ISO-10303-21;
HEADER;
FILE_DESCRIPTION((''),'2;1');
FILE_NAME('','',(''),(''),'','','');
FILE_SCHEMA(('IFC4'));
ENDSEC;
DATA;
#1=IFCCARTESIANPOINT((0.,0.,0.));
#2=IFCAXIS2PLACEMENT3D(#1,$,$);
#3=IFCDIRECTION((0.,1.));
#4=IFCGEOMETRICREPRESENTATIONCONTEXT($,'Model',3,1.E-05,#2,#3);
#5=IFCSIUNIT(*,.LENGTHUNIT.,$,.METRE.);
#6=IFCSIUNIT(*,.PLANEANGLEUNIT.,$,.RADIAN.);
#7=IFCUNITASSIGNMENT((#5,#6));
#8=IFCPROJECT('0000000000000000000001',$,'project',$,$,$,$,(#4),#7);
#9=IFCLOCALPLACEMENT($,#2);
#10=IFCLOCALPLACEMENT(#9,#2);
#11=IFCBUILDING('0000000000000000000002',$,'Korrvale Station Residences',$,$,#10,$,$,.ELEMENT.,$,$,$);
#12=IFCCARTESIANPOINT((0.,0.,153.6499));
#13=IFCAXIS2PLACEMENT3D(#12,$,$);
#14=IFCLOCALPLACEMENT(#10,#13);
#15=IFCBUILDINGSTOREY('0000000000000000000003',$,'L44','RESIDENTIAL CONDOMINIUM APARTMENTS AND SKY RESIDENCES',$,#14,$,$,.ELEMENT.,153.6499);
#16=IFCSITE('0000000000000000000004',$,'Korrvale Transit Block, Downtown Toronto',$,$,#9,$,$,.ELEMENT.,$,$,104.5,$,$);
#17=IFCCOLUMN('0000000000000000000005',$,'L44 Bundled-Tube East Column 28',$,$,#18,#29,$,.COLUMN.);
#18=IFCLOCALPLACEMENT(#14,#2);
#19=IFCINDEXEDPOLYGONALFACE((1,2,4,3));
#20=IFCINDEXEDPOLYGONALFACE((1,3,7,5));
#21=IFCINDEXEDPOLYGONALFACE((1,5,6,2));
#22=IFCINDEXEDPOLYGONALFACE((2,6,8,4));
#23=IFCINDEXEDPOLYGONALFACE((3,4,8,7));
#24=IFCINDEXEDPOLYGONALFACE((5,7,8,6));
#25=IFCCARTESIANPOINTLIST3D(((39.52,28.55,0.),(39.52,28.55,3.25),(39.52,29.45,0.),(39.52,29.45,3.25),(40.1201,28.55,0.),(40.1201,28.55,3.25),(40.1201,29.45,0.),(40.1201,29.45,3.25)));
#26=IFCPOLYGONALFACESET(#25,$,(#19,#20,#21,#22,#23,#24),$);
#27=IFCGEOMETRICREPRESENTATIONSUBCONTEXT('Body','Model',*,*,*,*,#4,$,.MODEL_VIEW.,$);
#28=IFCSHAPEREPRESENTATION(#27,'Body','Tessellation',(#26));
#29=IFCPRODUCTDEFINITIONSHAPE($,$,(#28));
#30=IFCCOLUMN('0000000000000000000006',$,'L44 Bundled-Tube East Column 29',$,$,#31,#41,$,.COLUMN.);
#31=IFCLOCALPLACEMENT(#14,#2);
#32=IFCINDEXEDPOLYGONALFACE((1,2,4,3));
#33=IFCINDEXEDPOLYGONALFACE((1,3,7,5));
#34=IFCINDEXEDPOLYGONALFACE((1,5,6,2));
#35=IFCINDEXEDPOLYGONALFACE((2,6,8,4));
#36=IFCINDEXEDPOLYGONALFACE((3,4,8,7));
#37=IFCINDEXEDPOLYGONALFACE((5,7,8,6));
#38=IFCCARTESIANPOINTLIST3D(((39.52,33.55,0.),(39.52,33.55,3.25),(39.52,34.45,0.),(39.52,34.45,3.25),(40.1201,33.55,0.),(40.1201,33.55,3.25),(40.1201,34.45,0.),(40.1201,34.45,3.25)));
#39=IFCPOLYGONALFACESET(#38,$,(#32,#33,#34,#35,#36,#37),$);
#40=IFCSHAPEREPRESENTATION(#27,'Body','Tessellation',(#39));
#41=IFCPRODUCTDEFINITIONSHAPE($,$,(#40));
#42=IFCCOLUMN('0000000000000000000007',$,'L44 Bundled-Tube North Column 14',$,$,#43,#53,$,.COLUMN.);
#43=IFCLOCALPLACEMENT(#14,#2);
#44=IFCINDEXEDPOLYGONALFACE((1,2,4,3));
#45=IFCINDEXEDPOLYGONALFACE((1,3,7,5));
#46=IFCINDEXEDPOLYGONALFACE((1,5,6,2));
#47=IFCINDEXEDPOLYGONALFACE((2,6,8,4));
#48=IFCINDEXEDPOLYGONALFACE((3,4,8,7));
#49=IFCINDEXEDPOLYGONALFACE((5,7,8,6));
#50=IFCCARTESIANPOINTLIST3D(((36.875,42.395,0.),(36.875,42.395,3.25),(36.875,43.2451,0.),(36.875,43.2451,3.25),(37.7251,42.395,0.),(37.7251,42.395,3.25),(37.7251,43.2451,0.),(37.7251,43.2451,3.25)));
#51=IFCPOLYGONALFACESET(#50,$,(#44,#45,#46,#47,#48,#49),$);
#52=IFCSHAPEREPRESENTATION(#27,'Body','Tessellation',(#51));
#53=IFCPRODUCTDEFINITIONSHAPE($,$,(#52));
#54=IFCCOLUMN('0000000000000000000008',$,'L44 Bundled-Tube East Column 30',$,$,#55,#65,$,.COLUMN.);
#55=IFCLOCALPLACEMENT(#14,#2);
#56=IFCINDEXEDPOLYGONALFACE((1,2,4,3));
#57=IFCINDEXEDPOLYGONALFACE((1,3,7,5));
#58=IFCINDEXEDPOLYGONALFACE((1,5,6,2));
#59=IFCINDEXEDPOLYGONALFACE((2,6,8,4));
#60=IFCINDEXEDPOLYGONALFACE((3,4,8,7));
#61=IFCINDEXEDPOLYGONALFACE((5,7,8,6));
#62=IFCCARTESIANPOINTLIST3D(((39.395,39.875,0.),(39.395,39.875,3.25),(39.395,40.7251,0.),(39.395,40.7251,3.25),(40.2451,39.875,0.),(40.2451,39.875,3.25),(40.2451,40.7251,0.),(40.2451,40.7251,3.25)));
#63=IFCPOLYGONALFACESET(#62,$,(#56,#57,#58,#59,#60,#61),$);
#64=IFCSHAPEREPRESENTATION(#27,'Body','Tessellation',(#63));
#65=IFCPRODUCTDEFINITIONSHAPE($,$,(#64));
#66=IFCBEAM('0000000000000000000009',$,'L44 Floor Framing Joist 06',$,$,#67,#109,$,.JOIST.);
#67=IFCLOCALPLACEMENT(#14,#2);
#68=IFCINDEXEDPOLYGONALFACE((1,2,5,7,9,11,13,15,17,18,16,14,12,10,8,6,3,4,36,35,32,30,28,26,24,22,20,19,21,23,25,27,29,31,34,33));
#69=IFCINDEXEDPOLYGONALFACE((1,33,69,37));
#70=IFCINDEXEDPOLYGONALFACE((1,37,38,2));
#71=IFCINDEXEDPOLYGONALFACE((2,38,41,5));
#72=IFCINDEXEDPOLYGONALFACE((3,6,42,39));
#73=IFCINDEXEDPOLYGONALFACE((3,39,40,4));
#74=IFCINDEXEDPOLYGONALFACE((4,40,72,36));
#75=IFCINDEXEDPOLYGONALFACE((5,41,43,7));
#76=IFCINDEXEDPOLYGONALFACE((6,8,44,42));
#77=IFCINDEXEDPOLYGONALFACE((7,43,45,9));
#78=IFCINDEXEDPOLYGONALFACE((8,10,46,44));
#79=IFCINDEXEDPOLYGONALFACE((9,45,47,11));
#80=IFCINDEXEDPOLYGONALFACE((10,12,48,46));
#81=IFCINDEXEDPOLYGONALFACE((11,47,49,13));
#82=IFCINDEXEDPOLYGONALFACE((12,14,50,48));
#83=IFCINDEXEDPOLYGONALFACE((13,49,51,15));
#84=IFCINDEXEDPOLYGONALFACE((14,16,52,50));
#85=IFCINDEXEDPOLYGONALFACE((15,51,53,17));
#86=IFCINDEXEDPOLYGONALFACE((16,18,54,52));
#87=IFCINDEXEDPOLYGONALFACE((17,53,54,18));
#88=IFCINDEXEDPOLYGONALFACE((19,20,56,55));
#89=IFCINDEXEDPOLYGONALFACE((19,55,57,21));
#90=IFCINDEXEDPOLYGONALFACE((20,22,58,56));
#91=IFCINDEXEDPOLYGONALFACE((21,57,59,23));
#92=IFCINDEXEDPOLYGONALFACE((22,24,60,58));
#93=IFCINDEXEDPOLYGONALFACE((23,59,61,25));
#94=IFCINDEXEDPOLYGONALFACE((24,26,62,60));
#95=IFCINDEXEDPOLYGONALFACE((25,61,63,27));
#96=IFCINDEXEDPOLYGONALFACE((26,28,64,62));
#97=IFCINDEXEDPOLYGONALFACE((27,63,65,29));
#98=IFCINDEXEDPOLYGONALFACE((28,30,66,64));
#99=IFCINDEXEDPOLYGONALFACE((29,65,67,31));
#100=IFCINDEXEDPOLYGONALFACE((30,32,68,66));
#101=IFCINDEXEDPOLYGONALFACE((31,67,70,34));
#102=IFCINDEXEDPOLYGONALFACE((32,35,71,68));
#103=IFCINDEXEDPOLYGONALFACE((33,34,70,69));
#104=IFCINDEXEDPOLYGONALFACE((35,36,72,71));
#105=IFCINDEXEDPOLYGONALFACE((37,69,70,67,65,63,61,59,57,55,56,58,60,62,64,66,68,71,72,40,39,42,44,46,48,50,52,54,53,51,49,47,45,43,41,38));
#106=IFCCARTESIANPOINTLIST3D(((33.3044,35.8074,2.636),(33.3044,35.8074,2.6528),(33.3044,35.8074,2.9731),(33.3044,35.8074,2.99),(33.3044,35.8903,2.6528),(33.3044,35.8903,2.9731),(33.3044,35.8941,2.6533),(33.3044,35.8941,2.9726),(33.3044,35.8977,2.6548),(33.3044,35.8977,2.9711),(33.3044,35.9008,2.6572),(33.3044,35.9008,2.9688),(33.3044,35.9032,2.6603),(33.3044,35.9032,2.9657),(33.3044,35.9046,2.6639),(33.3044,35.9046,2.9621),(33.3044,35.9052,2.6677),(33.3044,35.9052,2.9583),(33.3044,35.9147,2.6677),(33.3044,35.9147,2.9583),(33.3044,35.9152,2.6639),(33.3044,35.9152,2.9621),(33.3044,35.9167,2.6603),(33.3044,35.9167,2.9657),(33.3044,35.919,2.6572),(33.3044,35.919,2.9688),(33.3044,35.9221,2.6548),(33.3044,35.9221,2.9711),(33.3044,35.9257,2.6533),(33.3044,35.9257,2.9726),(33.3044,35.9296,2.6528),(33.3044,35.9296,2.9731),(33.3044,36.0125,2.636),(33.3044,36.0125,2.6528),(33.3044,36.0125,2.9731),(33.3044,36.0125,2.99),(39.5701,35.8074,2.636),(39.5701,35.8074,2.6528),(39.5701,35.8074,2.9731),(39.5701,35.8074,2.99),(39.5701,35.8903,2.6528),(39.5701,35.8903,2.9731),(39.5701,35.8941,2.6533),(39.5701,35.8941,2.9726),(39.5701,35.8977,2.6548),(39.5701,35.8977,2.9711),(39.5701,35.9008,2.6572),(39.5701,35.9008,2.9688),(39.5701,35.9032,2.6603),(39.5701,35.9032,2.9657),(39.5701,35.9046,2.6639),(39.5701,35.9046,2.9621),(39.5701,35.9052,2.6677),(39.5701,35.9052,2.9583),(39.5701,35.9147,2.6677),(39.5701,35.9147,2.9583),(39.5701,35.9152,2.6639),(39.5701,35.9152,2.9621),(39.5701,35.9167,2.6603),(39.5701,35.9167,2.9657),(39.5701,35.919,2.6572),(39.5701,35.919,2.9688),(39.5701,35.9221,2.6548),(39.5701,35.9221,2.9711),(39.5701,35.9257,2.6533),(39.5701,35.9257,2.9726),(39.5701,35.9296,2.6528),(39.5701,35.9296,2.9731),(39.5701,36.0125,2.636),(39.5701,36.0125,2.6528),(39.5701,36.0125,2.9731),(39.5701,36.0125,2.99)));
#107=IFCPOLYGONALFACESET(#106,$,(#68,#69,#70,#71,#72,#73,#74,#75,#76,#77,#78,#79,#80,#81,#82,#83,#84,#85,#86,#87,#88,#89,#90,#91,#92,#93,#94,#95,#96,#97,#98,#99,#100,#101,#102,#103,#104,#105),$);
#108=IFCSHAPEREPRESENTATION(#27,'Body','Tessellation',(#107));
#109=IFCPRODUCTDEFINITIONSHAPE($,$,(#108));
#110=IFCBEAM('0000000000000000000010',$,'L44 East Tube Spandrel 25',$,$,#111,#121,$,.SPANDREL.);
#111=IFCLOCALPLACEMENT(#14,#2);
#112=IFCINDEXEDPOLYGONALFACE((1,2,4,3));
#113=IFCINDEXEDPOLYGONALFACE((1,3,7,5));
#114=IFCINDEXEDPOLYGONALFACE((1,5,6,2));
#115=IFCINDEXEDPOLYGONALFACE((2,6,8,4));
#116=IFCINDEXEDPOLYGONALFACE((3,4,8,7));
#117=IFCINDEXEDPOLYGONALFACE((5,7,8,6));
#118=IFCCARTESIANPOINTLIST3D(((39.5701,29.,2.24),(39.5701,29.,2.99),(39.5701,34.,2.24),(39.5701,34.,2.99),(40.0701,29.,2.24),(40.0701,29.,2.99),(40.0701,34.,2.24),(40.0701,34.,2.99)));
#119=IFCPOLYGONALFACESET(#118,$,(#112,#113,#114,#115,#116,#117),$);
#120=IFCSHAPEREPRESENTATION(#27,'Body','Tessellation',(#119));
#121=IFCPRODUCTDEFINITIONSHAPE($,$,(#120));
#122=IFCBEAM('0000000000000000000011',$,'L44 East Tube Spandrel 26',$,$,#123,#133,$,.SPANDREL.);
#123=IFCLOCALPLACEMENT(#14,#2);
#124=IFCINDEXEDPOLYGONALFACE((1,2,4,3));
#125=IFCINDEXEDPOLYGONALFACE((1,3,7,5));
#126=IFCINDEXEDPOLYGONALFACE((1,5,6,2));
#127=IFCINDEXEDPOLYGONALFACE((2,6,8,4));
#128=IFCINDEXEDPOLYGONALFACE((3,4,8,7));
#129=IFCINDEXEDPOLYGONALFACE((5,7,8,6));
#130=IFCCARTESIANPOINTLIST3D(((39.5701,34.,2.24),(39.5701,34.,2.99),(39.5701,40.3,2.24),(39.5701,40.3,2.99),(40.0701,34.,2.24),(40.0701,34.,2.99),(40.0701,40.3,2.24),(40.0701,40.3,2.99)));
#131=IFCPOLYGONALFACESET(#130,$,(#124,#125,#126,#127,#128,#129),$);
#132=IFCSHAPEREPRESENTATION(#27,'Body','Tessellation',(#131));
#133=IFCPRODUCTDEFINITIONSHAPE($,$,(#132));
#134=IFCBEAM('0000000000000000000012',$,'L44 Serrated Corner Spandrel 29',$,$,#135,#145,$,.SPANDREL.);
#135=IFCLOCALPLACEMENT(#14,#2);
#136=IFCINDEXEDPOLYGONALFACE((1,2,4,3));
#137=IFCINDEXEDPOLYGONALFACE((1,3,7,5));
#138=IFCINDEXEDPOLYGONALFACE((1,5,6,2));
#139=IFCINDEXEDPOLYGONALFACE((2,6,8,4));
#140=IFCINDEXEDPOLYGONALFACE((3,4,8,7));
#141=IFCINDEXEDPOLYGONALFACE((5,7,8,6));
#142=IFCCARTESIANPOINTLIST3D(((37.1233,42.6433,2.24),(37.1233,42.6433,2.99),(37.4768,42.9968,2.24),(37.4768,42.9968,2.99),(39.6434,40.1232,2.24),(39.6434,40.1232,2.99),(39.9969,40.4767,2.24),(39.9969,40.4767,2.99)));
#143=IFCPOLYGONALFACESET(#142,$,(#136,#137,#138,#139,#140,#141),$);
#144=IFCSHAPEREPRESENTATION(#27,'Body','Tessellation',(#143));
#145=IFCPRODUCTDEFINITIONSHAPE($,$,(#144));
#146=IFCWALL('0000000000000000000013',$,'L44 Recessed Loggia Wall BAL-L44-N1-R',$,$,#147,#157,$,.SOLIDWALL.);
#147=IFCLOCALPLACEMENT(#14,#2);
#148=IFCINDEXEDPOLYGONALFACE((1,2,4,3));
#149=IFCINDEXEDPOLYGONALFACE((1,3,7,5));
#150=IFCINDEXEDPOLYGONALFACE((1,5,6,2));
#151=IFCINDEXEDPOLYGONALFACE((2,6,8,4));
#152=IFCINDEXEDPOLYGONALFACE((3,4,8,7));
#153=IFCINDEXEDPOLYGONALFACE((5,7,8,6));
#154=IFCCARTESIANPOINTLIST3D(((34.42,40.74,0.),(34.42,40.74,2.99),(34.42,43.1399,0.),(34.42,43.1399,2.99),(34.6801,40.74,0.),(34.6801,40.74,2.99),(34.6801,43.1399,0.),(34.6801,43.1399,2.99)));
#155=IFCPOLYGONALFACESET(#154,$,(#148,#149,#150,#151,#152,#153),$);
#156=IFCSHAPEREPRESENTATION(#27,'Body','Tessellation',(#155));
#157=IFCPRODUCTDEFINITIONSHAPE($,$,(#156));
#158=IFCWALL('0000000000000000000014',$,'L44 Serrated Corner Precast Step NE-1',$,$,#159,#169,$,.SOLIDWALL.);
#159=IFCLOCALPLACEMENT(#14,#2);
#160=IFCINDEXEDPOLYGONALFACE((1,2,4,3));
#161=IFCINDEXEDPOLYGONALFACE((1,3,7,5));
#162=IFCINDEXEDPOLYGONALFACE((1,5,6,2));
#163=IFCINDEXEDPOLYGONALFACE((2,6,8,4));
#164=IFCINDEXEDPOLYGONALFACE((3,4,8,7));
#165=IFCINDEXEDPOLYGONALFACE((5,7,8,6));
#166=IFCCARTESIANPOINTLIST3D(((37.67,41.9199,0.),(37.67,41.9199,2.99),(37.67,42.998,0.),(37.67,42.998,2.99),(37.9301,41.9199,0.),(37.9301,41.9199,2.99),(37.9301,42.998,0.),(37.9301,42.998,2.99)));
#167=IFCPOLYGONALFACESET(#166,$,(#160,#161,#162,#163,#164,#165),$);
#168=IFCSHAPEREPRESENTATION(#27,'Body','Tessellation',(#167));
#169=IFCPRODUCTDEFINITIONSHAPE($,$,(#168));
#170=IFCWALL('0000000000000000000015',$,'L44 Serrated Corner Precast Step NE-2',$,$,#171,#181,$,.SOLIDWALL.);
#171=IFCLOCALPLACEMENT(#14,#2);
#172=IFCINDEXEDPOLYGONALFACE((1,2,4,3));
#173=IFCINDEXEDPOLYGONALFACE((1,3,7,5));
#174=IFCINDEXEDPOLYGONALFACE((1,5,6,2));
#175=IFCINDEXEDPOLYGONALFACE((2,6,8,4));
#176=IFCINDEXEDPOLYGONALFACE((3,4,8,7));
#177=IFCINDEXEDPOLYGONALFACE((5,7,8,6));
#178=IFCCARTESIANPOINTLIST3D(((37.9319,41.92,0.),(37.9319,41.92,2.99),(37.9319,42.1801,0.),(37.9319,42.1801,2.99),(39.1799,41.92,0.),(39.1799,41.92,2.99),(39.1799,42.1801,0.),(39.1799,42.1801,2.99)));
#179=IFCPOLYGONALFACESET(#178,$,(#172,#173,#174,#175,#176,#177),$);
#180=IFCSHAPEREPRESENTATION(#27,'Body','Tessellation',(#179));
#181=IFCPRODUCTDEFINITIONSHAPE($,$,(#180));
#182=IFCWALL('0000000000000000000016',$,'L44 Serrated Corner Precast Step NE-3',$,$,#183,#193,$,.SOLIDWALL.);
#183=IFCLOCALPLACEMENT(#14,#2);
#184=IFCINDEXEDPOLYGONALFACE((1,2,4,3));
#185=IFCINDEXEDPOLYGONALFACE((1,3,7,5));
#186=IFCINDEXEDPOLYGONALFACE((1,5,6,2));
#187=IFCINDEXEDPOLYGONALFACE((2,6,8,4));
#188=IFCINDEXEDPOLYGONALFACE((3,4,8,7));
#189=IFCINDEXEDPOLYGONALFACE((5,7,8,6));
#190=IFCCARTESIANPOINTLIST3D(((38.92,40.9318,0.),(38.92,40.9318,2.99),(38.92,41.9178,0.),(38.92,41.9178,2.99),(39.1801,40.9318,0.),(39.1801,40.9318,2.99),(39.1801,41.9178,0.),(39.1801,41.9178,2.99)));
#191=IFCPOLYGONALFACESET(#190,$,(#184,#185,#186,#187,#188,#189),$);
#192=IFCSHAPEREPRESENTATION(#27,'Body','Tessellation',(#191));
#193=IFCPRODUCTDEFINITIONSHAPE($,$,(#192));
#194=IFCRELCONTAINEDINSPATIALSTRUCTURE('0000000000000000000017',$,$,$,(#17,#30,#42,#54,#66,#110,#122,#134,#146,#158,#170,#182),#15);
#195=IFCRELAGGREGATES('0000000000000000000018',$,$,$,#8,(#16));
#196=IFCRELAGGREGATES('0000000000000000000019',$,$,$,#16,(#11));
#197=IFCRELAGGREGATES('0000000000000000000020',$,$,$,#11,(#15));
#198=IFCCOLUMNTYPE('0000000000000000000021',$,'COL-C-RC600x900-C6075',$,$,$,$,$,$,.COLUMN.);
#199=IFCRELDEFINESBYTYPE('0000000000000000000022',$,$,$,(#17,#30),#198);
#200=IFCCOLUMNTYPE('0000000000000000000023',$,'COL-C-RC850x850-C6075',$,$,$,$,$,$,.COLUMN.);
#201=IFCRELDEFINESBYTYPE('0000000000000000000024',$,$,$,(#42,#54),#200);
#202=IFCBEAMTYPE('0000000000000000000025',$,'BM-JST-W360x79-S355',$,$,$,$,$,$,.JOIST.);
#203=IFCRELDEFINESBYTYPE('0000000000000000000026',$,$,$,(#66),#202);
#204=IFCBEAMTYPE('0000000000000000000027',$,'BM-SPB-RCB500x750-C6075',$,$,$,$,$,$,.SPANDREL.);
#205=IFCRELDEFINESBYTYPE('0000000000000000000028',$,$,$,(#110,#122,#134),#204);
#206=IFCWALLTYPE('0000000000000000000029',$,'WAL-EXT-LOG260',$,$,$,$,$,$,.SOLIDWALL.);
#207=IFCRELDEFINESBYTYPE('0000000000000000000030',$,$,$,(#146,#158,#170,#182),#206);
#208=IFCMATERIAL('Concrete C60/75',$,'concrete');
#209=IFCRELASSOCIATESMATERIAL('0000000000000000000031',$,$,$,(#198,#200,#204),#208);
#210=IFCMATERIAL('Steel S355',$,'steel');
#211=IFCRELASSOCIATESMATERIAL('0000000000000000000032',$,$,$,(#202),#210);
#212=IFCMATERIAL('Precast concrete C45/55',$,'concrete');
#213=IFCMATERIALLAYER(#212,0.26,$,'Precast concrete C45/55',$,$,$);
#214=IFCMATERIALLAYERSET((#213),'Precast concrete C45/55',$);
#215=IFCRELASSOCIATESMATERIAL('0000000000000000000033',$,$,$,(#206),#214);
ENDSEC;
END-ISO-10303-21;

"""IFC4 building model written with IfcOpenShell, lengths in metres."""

from ifc_helpers import new_model, si_unit, direction, frame, frame_2d, origin, origin_2d, place, context, subcontext, project, spatial, rectangle, i_section, extrude, material, layer, layer_set, material_profile, profile_set, type_object, element, save


model = new_model("IFC4")

# Units and contexts
model_context = context("Model", 3, precision=1e-05, world=origin(), true_north=direction((0.0, 1.0)))
body_context = subcontext(model_context, "Body", "Model", "MODEL_VIEW")
ifc_project = project(units=[si_unit("LENGTHUNIT", "METRE"), si_unit("PLANEANGLEUNIT", "RADIAN")], contexts=[model_context])

# Site, building, storey
site_placement = place(None, origin())
site = spatial("IfcSite", under=ifc_project, at=site_placement, Name="Korrvale Transit Block, Downtown Toronto", CompositionType="ELEMENT", RefElevation=104.5)
building_placement = place(site_placement, origin())
building = spatial("IfcBuilding", under=site, at=building_placement, Name="Korrvale Station Residences", CompositionType="ELEMENT")
storey_placement = place(building_placement, frame((0.0, 0.0, 153.6499)))
storey = spatial("IfcBuildingStorey", under=building, at=storey_placement, Name="L44", Description="RESIDENTIAL CONDOMINIUM APARTMENTS AND SKY RESIDENCES", CompositionType="ELEMENT", Elevation=153.6499)

# Columns
ifc_material_1 = material(Name="Concrete C60/75", Category="concrete")
ifc_material_profile_1 = material_profile(ifc_material_1, rectangle(XDim=0.6001, YDim=0.8999, at=origin_2d()), Name="RC600x900")
ifc_profile_set_1 = profile_set([ifc_material_profile_1], Name="Concrete C60/75")
column_type_1 = type_object("IfcColumnType", Name="COL-C-RC600x900-C6075", PredefinedType="COLUMN", material=ifc_profile_set_1)
for number, where, z_axis, x_axis, name in (
    (1, (39.8201, 29.0, 0.0), (0.0, 0.0, 1.0), (1.0, 0.0, 0.0), "L44 Bundled-Tube East Column 28"),
    (2, (39.8201, 34.0, 0.0), (0.0, 0.0, 1.0), (1.0, 0.0, 0.0), "L44 Bundled-Tube East Column 29"),
):
    element("IfcColumn", number, at=place(storey_placement, frame(where, z_axis=z_axis, x_axis=x_axis)), inside=storey, type_object=column_type_1, Name=name, PredefinedType="COLUMN", context=body_context, shape_type="SweptSolid", body=[
        extrude(rectangle(XDim=0.6001, YDim=0.8999, at=origin_2d()), origin(), (0.0, 0.0, 1.0), 3.25),
    ])
ifc_material_profile_2 = material_profile(ifc_material_1, rectangle(XDim=0.8501, YDim=0.8501, at=origin_2d()), Name="RC850x850")
ifc_profile_set_2 = profile_set([ifc_material_profile_2], Name="Concrete C60/75")
column_type_2 = type_object("IfcColumnType", Name="COL-C-RC850x850-C6075", PredefinedType="COLUMN", material=ifc_profile_set_2)
for number, where, z_axis, x_axis, name in (
    (3, (37.3, 42.8201, 0.0), (0.0, 0.0, 1.0), (1.0, 0.0, 0.0), "L44 Bundled-Tube North Column 14"),
    (4, (39.8201, 40.3, 0.0), (0.0, 0.0, 1.0), (1.0, 0.0, 0.0), "L44 Bundled-Tube East Column 30"),
):
    element("IfcColumn", number, at=place(storey_placement, frame(where, z_axis=z_axis, x_axis=x_axis)), inside=storey, type_object=column_type_2, Name=name, PredefinedType="COLUMN", context=body_context, shape_type="SweptSolid", body=[
        extrude(rectangle(XDim=0.8501, YDim=0.8501, at=origin_2d()), origin(), (0.0, 0.0, 1.0), 3.25),
    ])

# Beams
ifc_material_2 = material(Name="Steel S355", Category="steel")
ifc_material_profile_3 = material_profile(ifc_material_2, i_section(OverallWidth=0.2051, OverallDepth=0.354, WebThickness=0.0095, FlangeThickness=0.0168, FilletRadius=0.0149, at=origin_2d()), Name="W360x79")
ifc_profile_set_3 = profile_set([ifc_material_profile_3], Name="Steel S355")
beam_type_1 = type_object("IfcBeamType", Name="BM-JST-W360x79-S355", PredefinedType="JOIST", material=ifc_profile_set_3)
beam_1_placement = place(storey_placement, frame((33.3044, 35.9099, 2.813), z_axis=(1.0, 0.0, 0.0), x_axis=(0.0, 1.0, 0.0)))
element("IfcBeam", 5, at=beam_1_placement, inside=storey, type_object=beam_type_1, Name="L44 Floor Framing Joist 06", PredefinedType="JOIST", context=body_context, shape_type="SweptSolid", body=[
    extrude(i_section(OverallWidth=0.2051, OverallDepth=0.354, WebThickness=0.0095, FlangeThickness=0.0168, FilletRadius=0.0149, at=origin_2d()), origin(), (0.0, 0.0, 1.0), 6.2656),
])
ifc_material_profile_4 = material_profile(ifc_material_1, rectangle(XDim=0.5, YDim=0.75, at=origin_2d()), Name="RCB500x750")
ifc_profile_set_4 = profile_set([ifc_material_profile_4], Name="Concrete C60/75")
beam_type_2 = type_object("IfcBeamType", Name="BM-SPB-RCB500x750-C6075", PredefinedType="SPANDREL", material=ifc_profile_set_4)
beam_2_placement = place(storey_placement, frame((39.8201, 29.0, 2.615), z_axis=(0.0, 1.0, 0.0), x_axis=(-1.0, 0.0, 0.0)))
element("IfcBeam", 6, at=beam_2_placement, inside=storey, type_object=beam_type_2, Name="L44 East Tube Spandrel 25", PredefinedType="SPANDREL", context=body_context, shape_type="SweptSolid", body=[
    extrude(rectangle(XDim=0.5, YDim=0.75, at=origin_2d()), origin(), (0.0, 0.0, 1.0), 5.0),
])
beam_3_placement = place(storey_placement, frame((39.8201, 34.0, 2.615), z_axis=(0.0, 1.0, 0.0), x_axis=(-1.0, 0.0, 0.0)))
element("IfcBeam", 7, at=beam_3_placement, inside=storey, type_object=beam_type_2, Name="L44 East Tube Spandrel 26", PredefinedType="SPANDREL", context=body_context, shape_type="SweptSolid", body=[
    extrude(rectangle(XDim=0.5, YDim=0.75, at=origin_2d()), origin(), (0.0, 0.0, 1.0), 6.3),
])
beam_4_placement = place(storey_placement, frame((37.3, 42.8201, 2.615), z_axis=(0.707107, -0.707107, 0.0), x_axis=(0.707107, 0.707107, 0.0)))
element("IfcBeam", 8, at=beam_4_placement, inside=storey, type_object=beam_type_2, Name="L44 Serrated Corner Spandrel 29", PredefinedType="SPANDREL", context=body_context, shape_type="SweptSolid", body=[
    extrude(rectangle(XDim=0.5, YDim=0.75, at=origin_2d()), origin(), (0.0, 0.0, 1.0), 3.564),
])

# Walls
ifc_material_3 = material(Name="Precast concrete C45/55", Category="concrete")
ifc_layer_1 = layer(ifc_material_3, 0.26, Name="Precast concrete C45/55")
ifc_layer_set_1 = layer_set([ifc_layer_1], Name="Precast concrete C45/55")
wall_type_1 = type_object("IfcWallType", Name="WAL-EXT-LOG260", PredefinedType="SOLIDWALL", material=ifc_layer_set_1)
wall_1_placement = place(storey_placement, frame((34.55, 40.74, 0.0), z_axis=(0.0, 0.0, 1.0), x_axis=(0.0, 1.0, 0.0)))
element("IfcWall", 9, at=wall_1_placement, inside=storey, type_object=wall_type_1, Name="L44 Recessed Loggia Wall BAL-L44-N1-R", PredefinedType="SOLIDWALL", context=body_context, shape_type="SweptSolid", body=[
    extrude(rectangle(XDim=2.3999, YDim=0.26, at=frame_2d((1.2, 0.0))), origin(), (0.0, 0.0, 1.0), 2.99),
])
wall_2_placement = place(storey_placement, frame((37.8, 42.998, 0.0), z_axis=(0.0, 0.0, 1.0), x_axis=(0.0, -1.0, 0.0)))
element("IfcWall", 10, at=wall_2_placement, inside=storey, type_object=wall_type_1, Name="L44 Serrated Corner Precast Step NE-1", PredefinedType="SOLIDWALL", context=body_context, shape_type="SweptSolid", body=[
    extrude(rectangle(XDim=1.0781, YDim=0.26, at=frame_2d((0.5391, 0.0))), origin(), (0.0, 0.0, 1.0), 2.99),
])
wall_3_placement = place(storey_placement, frame((37.9319, 42.05, 0.0), z_axis=(0.0, 0.0, 1.0), x_axis=(1.0, 0.0, 0.0)))
element("IfcWall", 11, at=wall_3_placement, inside=storey, type_object=wall_type_1, Name="L44 Serrated Corner Precast Step NE-2", PredefinedType="SOLIDWALL", context=body_context, shape_type="SweptSolid", body=[
    extrude(rectangle(XDim=1.248, YDim=0.26, at=frame_2d((0.624, 0.0))), origin(), (0.0, 0.0, 1.0), 2.99),
])
wall_4_placement = place(storey_placement, frame((39.05, 41.918, 0.0), z_axis=(0.0, 0.0, 1.0), x_axis=(0.0, -1.0, 0.0)))
element("IfcWall", 12, at=wall_4_placement, inside=storey, type_object=wall_type_1, Name="L44 Serrated Corner Precast Step NE-3", PredefinedType="SOLIDWALL", context=body_context, shape_type="SweptSolid", body=[
    extrude(rectangle(XDim=0.9861, YDim=0.26, at=frame_2d((0.4932, 0.0))), origin(), (0.0, 0.0, 1.0), 2.99),
])

save(model, "model.ifc")
